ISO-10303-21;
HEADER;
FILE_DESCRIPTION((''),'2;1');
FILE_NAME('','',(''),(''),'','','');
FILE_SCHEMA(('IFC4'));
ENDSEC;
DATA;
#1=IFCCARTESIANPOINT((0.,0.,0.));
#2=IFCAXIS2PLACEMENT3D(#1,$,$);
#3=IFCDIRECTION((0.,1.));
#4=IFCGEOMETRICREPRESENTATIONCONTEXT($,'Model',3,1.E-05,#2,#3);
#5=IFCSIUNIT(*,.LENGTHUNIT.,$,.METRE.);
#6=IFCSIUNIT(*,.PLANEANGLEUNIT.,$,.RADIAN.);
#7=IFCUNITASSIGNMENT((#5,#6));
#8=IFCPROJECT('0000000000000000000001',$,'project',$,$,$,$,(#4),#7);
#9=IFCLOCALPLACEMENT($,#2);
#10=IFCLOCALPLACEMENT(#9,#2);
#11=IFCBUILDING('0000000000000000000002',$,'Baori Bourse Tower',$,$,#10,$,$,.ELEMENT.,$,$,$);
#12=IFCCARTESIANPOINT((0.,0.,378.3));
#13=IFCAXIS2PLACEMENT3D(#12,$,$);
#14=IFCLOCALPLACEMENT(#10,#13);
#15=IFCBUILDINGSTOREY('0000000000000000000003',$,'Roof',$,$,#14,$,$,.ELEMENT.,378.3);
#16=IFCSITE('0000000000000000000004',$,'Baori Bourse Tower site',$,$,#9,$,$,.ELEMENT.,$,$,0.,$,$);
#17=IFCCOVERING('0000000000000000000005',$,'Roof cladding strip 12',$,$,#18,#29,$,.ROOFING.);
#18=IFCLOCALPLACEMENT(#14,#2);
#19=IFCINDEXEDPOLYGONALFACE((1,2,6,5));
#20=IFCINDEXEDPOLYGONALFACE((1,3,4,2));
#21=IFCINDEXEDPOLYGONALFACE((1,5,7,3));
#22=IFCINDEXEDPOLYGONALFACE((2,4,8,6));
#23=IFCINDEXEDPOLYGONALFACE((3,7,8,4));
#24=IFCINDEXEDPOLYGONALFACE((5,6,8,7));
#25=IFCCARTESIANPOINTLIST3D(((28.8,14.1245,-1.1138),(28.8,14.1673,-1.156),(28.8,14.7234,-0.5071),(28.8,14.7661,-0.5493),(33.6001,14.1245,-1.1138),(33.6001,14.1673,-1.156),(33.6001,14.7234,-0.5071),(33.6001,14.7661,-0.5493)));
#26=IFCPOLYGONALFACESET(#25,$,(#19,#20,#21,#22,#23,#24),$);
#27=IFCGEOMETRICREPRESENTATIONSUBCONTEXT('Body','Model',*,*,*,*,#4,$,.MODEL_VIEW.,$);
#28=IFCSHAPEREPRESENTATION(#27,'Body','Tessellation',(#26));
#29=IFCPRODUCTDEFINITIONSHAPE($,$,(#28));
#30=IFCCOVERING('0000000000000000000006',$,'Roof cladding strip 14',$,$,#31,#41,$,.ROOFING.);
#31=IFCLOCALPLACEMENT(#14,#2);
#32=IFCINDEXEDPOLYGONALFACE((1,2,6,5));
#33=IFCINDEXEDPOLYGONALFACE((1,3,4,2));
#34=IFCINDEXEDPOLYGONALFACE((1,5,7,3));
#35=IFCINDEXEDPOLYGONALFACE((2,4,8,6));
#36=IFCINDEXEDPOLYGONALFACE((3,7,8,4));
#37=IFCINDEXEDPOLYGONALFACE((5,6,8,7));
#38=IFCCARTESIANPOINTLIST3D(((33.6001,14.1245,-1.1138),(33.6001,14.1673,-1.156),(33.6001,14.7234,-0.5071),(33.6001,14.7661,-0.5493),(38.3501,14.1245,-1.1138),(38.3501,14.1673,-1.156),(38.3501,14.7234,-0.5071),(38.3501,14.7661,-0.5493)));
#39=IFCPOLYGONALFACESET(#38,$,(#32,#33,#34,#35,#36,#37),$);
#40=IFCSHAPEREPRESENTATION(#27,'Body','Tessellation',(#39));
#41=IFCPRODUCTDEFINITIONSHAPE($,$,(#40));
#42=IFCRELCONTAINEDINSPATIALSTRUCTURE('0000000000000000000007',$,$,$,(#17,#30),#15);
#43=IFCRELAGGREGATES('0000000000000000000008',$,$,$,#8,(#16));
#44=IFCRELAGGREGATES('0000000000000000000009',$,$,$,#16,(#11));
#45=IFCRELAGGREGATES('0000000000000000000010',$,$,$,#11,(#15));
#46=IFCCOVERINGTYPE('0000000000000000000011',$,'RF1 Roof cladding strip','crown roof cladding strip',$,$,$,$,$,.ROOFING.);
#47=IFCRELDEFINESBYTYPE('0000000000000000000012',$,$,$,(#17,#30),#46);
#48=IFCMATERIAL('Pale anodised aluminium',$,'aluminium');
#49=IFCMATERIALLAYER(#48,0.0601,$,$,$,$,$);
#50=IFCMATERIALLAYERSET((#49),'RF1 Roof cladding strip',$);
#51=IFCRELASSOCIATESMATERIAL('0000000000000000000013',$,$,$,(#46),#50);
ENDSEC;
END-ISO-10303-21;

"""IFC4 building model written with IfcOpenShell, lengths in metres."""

from ifc_helpers import new_model, si_unit, direction, frame, origin, place, context, subcontext, project, spatial, polyline, outline, extrude, material, layer, layer_set, type_object, element, save


model = new_model("IFC4")

# Units and contexts
model_context = context("Model", 3, precision=1e-05, world=origin(), true_north=direction((0.0, 1.0)))
body_context = subcontext(model_context, "Body", "Model", "MODEL_VIEW")
ifc_project = project(units=[si_unit("LENGTHUNIT", "METRE"), si_unit("PLANEANGLEUNIT", "RADIAN")], contexts=[model_context])

# Site, building, storey
site_placement = place(None, origin())
site = spatial("IfcSite", under=ifc_project, at=site_placement, Name="Baori Bourse Tower site", CompositionType="ELEMENT", RefElevation=0.0)
building_placement = place(site_placement, origin())
building = spatial("IfcBuilding", under=site, at=building_placement, Name="Baori Bourse Tower", CompositionType="ELEMENT")
storey_placement = place(building_placement, frame((0.0, 0.0, 378.3)))
storey = spatial("IfcBuildingStorey", under=building, at=storey_placement, Name="Roof", CompositionType="ELEMENT", Elevation=378.3)

# Coverings
ifc_material_1 = material(Name="Pale anodised aluminium", Category="aluminium")
ifc_layer_1 = layer(ifc_material_1, 0.0601)
ifc_layer_set_1 = layer_set([ifc_layer_1], Name="RF1 Roof cladding strip")
covering_type = type_object("IfcCoveringType", Name="RF1 Roof cladding strip", Description="crown roof cladding strip", PredefinedType="ROOFING", material=ifc_layer_set_1)
covering_1_placement = place(storey_placement, frame((28.8, 14.7234, -0.5071), z_axis=(0.0, -0.711674, 0.70251), x_axis=(0.0, -0.70251, -0.711674)))
element("IfcCovering", 1, at=covering_1_placement, inside=storey, type_object=covering_type, Name="Roof cladding strip 12", PredefinedType="ROOFING", context=body_context, shape_type="SweptSolid", body=[
    extrude(outline(polyline([(0.0, 0.0), (0.8525, 0.0), (0.8525, 4.8), (0.0, 4.8), (0.0, 0.0)])), origin(), (0.0, 0.0, -1.0), 0.0601),
])
covering_2_placement = place(storey_placement, frame((33.6001, 14.1245, -1.1138), z_axis=(0.0, -0.711674, 0.70251), x_axis=(1.0, 0.0, 0.0)))
element("IfcCovering", 2, at=covering_2_placement, inside=storey, type_object=covering_type, Name="Roof cladding strip 14", PredefinedType="ROOFING", context=body_context, shape_type="SweptSolid", body=[
    extrude(outline(polyline([(0.0, 0.0), (4.75, 0.0), (4.75, 0.8525), (0.0, 0.8525), (0.0, 0.0)])), origin(), (0.0, 0.0, -1.0), 0.0601),
])

save(model, "model.ifc")
